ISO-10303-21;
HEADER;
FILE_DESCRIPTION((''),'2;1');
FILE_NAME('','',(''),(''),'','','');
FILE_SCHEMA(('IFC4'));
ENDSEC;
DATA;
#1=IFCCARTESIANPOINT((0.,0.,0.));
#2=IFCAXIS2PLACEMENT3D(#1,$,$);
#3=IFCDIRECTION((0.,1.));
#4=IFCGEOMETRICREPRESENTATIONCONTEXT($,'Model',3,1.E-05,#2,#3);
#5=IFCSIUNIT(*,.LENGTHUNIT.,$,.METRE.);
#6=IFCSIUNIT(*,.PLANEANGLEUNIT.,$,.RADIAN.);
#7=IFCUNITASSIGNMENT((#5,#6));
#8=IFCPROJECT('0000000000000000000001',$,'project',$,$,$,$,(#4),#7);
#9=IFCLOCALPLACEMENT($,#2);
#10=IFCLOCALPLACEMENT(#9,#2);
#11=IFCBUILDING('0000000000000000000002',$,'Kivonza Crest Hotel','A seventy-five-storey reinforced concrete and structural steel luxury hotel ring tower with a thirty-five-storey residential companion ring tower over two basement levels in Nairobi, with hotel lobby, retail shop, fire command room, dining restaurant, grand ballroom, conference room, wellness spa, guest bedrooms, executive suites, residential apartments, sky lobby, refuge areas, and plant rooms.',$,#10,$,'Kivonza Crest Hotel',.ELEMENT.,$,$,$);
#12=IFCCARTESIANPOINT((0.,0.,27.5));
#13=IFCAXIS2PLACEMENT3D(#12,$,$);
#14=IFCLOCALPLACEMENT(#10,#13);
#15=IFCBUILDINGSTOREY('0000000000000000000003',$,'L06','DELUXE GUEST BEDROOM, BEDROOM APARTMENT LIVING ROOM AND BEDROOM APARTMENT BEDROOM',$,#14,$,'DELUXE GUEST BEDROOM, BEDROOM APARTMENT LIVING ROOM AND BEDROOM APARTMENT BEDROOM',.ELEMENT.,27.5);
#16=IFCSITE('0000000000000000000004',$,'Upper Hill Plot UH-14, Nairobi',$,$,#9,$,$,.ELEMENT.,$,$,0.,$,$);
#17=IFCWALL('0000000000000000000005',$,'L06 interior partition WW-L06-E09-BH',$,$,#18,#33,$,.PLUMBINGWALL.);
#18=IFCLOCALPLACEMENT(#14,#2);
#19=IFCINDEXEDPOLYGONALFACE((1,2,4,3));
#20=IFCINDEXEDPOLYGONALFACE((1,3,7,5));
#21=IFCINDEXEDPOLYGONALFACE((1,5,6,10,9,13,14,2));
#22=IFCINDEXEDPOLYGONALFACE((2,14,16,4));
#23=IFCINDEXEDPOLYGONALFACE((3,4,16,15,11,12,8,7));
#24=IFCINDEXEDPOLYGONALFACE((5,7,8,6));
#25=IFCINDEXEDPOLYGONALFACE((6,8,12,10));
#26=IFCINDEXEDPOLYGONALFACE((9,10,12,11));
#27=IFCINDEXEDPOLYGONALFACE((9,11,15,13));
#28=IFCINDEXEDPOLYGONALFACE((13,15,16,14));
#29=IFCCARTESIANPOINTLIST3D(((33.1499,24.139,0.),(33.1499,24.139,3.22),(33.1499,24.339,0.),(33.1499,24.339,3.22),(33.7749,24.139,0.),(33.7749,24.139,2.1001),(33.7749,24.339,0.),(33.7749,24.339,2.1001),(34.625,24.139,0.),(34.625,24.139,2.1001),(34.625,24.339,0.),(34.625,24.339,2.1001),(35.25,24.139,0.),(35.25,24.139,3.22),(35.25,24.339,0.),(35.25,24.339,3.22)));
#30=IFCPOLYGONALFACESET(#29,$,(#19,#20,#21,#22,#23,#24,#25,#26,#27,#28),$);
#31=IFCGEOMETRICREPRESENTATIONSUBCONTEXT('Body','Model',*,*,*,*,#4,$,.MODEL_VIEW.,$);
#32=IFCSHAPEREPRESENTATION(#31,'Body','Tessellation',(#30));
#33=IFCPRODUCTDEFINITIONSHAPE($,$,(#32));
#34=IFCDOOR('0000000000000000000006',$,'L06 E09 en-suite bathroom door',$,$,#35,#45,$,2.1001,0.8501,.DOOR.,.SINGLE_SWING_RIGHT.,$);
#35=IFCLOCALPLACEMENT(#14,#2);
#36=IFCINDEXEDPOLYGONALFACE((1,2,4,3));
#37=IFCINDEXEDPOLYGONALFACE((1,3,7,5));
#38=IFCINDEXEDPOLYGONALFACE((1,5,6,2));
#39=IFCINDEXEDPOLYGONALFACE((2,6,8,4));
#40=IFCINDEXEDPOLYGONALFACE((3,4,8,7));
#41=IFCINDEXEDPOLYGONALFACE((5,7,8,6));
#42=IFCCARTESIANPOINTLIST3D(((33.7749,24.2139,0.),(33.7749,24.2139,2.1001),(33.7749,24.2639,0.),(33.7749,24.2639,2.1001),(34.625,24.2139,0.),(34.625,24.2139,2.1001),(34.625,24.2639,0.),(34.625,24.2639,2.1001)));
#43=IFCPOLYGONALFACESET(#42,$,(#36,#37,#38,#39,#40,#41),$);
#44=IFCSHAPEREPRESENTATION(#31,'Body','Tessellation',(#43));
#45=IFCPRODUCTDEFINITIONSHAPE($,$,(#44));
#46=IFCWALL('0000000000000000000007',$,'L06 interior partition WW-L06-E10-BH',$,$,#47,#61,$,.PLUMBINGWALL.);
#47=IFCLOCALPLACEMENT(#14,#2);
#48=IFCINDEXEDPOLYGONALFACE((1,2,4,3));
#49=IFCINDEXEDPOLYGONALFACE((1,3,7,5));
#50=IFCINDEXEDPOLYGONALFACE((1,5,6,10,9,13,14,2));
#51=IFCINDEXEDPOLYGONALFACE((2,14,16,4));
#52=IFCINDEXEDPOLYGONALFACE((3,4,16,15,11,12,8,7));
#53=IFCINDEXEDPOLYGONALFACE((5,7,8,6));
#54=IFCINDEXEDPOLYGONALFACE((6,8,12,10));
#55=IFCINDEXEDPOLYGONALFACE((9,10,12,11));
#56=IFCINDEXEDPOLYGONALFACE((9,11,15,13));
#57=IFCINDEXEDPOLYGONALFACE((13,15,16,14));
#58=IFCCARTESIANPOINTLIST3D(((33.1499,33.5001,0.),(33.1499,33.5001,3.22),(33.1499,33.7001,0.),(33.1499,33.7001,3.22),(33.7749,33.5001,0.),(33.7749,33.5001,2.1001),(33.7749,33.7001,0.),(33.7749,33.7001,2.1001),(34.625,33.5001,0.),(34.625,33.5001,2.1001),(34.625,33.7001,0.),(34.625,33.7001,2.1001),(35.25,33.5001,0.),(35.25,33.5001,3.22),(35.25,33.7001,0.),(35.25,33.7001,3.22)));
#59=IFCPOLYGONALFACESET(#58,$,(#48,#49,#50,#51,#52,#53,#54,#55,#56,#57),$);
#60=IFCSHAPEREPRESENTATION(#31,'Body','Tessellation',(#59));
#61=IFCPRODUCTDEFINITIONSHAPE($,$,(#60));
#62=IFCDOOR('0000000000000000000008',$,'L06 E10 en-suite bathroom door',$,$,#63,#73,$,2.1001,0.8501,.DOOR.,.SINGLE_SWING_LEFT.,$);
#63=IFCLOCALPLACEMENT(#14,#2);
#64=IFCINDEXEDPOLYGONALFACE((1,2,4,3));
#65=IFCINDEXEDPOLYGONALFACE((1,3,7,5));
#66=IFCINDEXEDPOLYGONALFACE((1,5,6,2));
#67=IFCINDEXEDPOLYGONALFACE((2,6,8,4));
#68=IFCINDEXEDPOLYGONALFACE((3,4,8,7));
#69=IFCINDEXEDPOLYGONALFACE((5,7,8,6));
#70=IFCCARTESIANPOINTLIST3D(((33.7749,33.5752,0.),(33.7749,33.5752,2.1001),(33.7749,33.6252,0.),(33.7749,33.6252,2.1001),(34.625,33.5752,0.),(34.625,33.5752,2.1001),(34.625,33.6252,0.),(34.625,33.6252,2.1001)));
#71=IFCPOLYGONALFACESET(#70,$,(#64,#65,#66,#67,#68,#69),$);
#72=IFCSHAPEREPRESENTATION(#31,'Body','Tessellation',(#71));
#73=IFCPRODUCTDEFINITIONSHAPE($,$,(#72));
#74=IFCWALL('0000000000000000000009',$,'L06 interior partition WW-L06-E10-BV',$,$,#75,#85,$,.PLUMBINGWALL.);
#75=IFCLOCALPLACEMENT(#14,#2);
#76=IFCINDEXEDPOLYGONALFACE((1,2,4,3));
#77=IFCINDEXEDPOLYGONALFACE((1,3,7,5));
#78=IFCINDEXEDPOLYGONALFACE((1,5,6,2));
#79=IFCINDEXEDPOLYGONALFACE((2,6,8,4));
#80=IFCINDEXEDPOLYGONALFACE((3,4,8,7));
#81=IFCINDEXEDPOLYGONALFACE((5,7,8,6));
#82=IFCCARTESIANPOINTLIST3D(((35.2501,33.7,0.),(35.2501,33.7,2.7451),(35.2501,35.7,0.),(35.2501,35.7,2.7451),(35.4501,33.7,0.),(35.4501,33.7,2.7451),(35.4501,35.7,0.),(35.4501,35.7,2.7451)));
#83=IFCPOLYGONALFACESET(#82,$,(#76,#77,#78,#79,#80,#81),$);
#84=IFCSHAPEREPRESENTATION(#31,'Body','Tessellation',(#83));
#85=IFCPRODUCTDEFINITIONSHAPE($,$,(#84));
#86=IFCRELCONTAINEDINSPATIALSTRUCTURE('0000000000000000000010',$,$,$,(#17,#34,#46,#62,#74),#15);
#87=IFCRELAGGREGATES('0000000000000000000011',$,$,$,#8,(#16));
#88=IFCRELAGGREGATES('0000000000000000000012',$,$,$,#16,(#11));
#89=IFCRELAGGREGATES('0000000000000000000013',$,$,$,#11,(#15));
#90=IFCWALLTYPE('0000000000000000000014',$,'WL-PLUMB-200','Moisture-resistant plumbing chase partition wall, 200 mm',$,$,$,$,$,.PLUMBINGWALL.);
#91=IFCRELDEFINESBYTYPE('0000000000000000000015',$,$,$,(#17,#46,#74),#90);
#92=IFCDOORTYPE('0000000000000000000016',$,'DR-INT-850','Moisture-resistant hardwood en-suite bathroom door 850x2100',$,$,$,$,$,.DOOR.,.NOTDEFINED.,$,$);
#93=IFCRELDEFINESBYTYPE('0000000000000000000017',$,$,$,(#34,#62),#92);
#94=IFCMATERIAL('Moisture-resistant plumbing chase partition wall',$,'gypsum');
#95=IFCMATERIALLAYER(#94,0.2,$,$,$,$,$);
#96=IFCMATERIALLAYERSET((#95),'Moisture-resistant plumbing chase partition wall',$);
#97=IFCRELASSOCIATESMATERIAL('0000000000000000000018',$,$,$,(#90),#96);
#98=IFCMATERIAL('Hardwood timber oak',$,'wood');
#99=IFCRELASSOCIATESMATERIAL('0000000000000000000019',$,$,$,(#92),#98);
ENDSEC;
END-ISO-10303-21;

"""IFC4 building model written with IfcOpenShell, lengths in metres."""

from ifc_helpers import new_model, si_unit, direction, frame, frame_2d, origin, place, context, subcontext, project, spatial, rectangle, extrude, material, layer, layer_set, type_object, element, fill, save


model = new_model("IFC4")

# Units and contexts
model_context = context("Model", 3, precision=1e-05, world=origin(), true_north=direction((0.0, 1.0)))
body_context = subcontext(model_context, "Body", "Model", "MODEL_VIEW")
ifc_project = project(units=[si_unit("LENGTHUNIT", "METRE"), si_unit("PLANEANGLEUNIT", "RADIAN")], contexts=[model_context])

# Site, building, storey
site_placement = place(None, origin())
site = spatial("IfcSite", under=ifc_project, at=site_placement, Name="Upper Hill Plot UH-14, Nairobi", CompositionType="ELEMENT", RefElevation=0.0)
building_placement = place(site_placement, origin())
building = spatial("IfcBuilding", under=site, at=building_placement, Name="Kivonza Crest Hotel", Description="A seventy-five-storey reinforced concrete and structural steel luxury hotel ring tower with a thirty-five-storey residential companion ring tower over two basement levels in Nairobi, with hotel lobby, retail shop, fire command room, dining restaurant, grand ballroom, conference room, wellness spa, guest bedrooms, executive suites, residential apartments, sky lobby, refuge areas, and plant rooms.", LongName="Kivonza Crest Hotel", CompositionType="ELEMENT")
storey_placement = place(building_placement, frame((0.0, 0.0, 27.5)))
storey = spatial("IfcBuildingStorey", under=building, at=storey_placement, Name="L06", Description="DELUXE GUEST BEDROOM, BEDROOM APARTMENT LIVING ROOM AND BEDROOM APARTMENT BEDROOM", LongName="DELUXE GUEST BEDROOM, BEDROOM APARTMENT LIVING ROOM AND BEDROOM APARTMENT BEDROOM", CompositionType="ELEMENT", Elevation=27.5)

# Shared definitions
ifc_material_1 = material(Name="Hardwood timber oak", Category="wood")

# Walls, openings, doors
ifc_material_2 = material(Name="Moisture-resistant plumbing chase partition wall", Category="gypsum")
ifc_layer_1 = layer(ifc_material_2, 0.2)
ifc_layer_set_1 = layer_set([ifc_layer_1], Name="Moisture-resistant plumbing chase partition wall")
wall_type_1 = type_object("IfcWallType", Name="WL-PLUMB-200", Description="Moisture-resistant plumbing chase partition wall, 200 mm", PredefinedType="PLUMBINGWALL", material=ifc_layer_set_1)
wall_1_placement = place(storey_placement, frame((33.1499, 24.239, 0.0), z_axis=(0.0, 0.0, 1.0), x_axis=(1.0, 0.0, 0.0)))
wall_1 = element("IfcWall", 1, at=wall_1_placement, inside=storey, type_object=wall_type_1, Name="L06 interior partition WW-L06-E09-BH", PredefinedType="PLUMBINGWALL", context=body_context, shape_type="SweptSolid", body=[
    extrude(rectangle(XDim=2.1001, YDim=0.2, at=frame_2d((1.05, 0.0))), origin(), (0.0, 0.0, 1.0), 3.22),
])
opening_1_placement = place(wall_1_placement, frame((0.625, 0.0, 0.0)))
opening_1 = element("IfcOpeningElement", 2, at=opening_1_placement, cuts=wall_1, PredefinedType="OPENING", context=body_context, shape_type="SweptSolid", body=[
    extrude(rectangle(XDim=0.8501, YDim=2.1001, at=frame_2d((0.425, 1.05))), frame((0.0, 0.1099, 0.0), z_axis=(0.0, -1.0, 0.0), x_axis=(1.0, 0.0, 0.0)), (0.0, 0.0, 1.0), 0.22),
])
door_type_1 = type_object("IfcDoorType", Name="DR-INT-850", Description="Moisture-resistant hardwood en-suite bathroom door 850x2100", OperationType="NOTDEFINED", PredefinedType="DOOR", material=ifc_material_1)
door_1_placement = place(opening_1_placement, origin())
door_1 = element("IfcDoor", 3, at=door_1_placement, inside=storey, type_object=door_type_1, Name="L06 E09 en-suite bathroom door", OperationType="SINGLE_SWING_RIGHT", OverallHeight=2.1001, OverallWidth=0.8501, PredefinedType="DOOR", context=body_context, shape_type="SweptSolid", body=[
    extrude(rectangle(XDim=0.8501, YDim=2.1001, at=frame_2d((0.425, 1.05))), frame((0.0, 0.0249, 0.0), z_axis=(0.0, -1.0, 0.0), x_axis=(1.0, 0.0, 0.0)), (0.0, 0.0, 1.0), 0.05),
])
fill(opening_1, door_1)
wall_2_placement = place(storey_placement, frame((33.1499, 33.6001, 0.0), z_axis=(0.0, 0.0, 1.0), x_axis=(1.0, 0.0, 0.0)))
wall_2 = element("IfcWall", 4, at=wall_2_placement, inside=storey, type_object=wall_type_1, Name="L06 interior partition WW-L06-E10-BH", PredefinedType="PLUMBINGWALL", context=body_context, shape_type="SweptSolid", body=[
    extrude(rectangle(XDim=2.1001, YDim=0.2, at=frame_2d((1.05, 0.0))), origin(), (0.0, 0.0, 1.0), 3.22),
])
opening_2_placement = place(wall_2_placement, frame((0.625, 0.0, 0.0)))
opening_2 = element("IfcOpeningElement", 5, at=opening_2_placement, cuts=wall_2, PredefinedType="OPENING", context=body_context, shape_type="SweptSolid", body=[
    extrude(rectangle(XDim=0.8501, YDim=2.1001, at=frame_2d((0.425, 1.05))), frame((0.0, 0.1099, 0.0), z_axis=(0.0, -1.0, 0.0), x_axis=(1.0, 0.0, 0.0)), (0.0, 0.0, 1.0), 0.22),
])
door_2_placement = place(opening_2_placement, frame((0.8501, 0.0, 0.0), z_axis=(0.0, 0.0, 1.0), x_axis=(-1.0, 0.0, 0.0)))
door_2 = element("IfcDoor", 6, at=door_2_placement, inside=storey, type_object=door_type_1, Name="L06 E10 en-suite bathroom door", OperationType="SINGLE_SWING_LEFT", OverallHeight=2.1001, OverallWidth=0.8501, PredefinedType="DOOR", context=body_context, shape_type="SweptSolid", body=[
    extrude(rectangle(XDim=0.8501, YDim=2.1001, at=frame_2d((0.425, 1.05))), frame((0.0, 0.0249, 0.0), z_axis=(0.0, -1.0, 0.0), x_axis=(1.0, 0.0, 0.0)), (0.0, 0.0, 1.0), 0.05),
])
fill(opening_2, door_2)

# Wall
wall_3_placement = place(storey_placement, frame((35.3501, 33.7, 0.0), z_axis=(0.0, 0.0, 1.0), x_axis=(0.0, 1.0, 0.0)))
element("IfcWall", 7, at=wall_3_placement, inside=storey, type_object=wall_type_1, Name="L06 interior partition WW-L06-E10-BV", PredefinedType="PLUMBINGWALL", context=body_context, shape_type="SweptSolid", body=[
    extrude(rectangle(XDim=2.0, YDim=0.2, at=frame_2d((1.0, 0.0))), origin(), (0.0, 0.0, 1.0), 2.7451),
])

save(model, "model.ifc")
